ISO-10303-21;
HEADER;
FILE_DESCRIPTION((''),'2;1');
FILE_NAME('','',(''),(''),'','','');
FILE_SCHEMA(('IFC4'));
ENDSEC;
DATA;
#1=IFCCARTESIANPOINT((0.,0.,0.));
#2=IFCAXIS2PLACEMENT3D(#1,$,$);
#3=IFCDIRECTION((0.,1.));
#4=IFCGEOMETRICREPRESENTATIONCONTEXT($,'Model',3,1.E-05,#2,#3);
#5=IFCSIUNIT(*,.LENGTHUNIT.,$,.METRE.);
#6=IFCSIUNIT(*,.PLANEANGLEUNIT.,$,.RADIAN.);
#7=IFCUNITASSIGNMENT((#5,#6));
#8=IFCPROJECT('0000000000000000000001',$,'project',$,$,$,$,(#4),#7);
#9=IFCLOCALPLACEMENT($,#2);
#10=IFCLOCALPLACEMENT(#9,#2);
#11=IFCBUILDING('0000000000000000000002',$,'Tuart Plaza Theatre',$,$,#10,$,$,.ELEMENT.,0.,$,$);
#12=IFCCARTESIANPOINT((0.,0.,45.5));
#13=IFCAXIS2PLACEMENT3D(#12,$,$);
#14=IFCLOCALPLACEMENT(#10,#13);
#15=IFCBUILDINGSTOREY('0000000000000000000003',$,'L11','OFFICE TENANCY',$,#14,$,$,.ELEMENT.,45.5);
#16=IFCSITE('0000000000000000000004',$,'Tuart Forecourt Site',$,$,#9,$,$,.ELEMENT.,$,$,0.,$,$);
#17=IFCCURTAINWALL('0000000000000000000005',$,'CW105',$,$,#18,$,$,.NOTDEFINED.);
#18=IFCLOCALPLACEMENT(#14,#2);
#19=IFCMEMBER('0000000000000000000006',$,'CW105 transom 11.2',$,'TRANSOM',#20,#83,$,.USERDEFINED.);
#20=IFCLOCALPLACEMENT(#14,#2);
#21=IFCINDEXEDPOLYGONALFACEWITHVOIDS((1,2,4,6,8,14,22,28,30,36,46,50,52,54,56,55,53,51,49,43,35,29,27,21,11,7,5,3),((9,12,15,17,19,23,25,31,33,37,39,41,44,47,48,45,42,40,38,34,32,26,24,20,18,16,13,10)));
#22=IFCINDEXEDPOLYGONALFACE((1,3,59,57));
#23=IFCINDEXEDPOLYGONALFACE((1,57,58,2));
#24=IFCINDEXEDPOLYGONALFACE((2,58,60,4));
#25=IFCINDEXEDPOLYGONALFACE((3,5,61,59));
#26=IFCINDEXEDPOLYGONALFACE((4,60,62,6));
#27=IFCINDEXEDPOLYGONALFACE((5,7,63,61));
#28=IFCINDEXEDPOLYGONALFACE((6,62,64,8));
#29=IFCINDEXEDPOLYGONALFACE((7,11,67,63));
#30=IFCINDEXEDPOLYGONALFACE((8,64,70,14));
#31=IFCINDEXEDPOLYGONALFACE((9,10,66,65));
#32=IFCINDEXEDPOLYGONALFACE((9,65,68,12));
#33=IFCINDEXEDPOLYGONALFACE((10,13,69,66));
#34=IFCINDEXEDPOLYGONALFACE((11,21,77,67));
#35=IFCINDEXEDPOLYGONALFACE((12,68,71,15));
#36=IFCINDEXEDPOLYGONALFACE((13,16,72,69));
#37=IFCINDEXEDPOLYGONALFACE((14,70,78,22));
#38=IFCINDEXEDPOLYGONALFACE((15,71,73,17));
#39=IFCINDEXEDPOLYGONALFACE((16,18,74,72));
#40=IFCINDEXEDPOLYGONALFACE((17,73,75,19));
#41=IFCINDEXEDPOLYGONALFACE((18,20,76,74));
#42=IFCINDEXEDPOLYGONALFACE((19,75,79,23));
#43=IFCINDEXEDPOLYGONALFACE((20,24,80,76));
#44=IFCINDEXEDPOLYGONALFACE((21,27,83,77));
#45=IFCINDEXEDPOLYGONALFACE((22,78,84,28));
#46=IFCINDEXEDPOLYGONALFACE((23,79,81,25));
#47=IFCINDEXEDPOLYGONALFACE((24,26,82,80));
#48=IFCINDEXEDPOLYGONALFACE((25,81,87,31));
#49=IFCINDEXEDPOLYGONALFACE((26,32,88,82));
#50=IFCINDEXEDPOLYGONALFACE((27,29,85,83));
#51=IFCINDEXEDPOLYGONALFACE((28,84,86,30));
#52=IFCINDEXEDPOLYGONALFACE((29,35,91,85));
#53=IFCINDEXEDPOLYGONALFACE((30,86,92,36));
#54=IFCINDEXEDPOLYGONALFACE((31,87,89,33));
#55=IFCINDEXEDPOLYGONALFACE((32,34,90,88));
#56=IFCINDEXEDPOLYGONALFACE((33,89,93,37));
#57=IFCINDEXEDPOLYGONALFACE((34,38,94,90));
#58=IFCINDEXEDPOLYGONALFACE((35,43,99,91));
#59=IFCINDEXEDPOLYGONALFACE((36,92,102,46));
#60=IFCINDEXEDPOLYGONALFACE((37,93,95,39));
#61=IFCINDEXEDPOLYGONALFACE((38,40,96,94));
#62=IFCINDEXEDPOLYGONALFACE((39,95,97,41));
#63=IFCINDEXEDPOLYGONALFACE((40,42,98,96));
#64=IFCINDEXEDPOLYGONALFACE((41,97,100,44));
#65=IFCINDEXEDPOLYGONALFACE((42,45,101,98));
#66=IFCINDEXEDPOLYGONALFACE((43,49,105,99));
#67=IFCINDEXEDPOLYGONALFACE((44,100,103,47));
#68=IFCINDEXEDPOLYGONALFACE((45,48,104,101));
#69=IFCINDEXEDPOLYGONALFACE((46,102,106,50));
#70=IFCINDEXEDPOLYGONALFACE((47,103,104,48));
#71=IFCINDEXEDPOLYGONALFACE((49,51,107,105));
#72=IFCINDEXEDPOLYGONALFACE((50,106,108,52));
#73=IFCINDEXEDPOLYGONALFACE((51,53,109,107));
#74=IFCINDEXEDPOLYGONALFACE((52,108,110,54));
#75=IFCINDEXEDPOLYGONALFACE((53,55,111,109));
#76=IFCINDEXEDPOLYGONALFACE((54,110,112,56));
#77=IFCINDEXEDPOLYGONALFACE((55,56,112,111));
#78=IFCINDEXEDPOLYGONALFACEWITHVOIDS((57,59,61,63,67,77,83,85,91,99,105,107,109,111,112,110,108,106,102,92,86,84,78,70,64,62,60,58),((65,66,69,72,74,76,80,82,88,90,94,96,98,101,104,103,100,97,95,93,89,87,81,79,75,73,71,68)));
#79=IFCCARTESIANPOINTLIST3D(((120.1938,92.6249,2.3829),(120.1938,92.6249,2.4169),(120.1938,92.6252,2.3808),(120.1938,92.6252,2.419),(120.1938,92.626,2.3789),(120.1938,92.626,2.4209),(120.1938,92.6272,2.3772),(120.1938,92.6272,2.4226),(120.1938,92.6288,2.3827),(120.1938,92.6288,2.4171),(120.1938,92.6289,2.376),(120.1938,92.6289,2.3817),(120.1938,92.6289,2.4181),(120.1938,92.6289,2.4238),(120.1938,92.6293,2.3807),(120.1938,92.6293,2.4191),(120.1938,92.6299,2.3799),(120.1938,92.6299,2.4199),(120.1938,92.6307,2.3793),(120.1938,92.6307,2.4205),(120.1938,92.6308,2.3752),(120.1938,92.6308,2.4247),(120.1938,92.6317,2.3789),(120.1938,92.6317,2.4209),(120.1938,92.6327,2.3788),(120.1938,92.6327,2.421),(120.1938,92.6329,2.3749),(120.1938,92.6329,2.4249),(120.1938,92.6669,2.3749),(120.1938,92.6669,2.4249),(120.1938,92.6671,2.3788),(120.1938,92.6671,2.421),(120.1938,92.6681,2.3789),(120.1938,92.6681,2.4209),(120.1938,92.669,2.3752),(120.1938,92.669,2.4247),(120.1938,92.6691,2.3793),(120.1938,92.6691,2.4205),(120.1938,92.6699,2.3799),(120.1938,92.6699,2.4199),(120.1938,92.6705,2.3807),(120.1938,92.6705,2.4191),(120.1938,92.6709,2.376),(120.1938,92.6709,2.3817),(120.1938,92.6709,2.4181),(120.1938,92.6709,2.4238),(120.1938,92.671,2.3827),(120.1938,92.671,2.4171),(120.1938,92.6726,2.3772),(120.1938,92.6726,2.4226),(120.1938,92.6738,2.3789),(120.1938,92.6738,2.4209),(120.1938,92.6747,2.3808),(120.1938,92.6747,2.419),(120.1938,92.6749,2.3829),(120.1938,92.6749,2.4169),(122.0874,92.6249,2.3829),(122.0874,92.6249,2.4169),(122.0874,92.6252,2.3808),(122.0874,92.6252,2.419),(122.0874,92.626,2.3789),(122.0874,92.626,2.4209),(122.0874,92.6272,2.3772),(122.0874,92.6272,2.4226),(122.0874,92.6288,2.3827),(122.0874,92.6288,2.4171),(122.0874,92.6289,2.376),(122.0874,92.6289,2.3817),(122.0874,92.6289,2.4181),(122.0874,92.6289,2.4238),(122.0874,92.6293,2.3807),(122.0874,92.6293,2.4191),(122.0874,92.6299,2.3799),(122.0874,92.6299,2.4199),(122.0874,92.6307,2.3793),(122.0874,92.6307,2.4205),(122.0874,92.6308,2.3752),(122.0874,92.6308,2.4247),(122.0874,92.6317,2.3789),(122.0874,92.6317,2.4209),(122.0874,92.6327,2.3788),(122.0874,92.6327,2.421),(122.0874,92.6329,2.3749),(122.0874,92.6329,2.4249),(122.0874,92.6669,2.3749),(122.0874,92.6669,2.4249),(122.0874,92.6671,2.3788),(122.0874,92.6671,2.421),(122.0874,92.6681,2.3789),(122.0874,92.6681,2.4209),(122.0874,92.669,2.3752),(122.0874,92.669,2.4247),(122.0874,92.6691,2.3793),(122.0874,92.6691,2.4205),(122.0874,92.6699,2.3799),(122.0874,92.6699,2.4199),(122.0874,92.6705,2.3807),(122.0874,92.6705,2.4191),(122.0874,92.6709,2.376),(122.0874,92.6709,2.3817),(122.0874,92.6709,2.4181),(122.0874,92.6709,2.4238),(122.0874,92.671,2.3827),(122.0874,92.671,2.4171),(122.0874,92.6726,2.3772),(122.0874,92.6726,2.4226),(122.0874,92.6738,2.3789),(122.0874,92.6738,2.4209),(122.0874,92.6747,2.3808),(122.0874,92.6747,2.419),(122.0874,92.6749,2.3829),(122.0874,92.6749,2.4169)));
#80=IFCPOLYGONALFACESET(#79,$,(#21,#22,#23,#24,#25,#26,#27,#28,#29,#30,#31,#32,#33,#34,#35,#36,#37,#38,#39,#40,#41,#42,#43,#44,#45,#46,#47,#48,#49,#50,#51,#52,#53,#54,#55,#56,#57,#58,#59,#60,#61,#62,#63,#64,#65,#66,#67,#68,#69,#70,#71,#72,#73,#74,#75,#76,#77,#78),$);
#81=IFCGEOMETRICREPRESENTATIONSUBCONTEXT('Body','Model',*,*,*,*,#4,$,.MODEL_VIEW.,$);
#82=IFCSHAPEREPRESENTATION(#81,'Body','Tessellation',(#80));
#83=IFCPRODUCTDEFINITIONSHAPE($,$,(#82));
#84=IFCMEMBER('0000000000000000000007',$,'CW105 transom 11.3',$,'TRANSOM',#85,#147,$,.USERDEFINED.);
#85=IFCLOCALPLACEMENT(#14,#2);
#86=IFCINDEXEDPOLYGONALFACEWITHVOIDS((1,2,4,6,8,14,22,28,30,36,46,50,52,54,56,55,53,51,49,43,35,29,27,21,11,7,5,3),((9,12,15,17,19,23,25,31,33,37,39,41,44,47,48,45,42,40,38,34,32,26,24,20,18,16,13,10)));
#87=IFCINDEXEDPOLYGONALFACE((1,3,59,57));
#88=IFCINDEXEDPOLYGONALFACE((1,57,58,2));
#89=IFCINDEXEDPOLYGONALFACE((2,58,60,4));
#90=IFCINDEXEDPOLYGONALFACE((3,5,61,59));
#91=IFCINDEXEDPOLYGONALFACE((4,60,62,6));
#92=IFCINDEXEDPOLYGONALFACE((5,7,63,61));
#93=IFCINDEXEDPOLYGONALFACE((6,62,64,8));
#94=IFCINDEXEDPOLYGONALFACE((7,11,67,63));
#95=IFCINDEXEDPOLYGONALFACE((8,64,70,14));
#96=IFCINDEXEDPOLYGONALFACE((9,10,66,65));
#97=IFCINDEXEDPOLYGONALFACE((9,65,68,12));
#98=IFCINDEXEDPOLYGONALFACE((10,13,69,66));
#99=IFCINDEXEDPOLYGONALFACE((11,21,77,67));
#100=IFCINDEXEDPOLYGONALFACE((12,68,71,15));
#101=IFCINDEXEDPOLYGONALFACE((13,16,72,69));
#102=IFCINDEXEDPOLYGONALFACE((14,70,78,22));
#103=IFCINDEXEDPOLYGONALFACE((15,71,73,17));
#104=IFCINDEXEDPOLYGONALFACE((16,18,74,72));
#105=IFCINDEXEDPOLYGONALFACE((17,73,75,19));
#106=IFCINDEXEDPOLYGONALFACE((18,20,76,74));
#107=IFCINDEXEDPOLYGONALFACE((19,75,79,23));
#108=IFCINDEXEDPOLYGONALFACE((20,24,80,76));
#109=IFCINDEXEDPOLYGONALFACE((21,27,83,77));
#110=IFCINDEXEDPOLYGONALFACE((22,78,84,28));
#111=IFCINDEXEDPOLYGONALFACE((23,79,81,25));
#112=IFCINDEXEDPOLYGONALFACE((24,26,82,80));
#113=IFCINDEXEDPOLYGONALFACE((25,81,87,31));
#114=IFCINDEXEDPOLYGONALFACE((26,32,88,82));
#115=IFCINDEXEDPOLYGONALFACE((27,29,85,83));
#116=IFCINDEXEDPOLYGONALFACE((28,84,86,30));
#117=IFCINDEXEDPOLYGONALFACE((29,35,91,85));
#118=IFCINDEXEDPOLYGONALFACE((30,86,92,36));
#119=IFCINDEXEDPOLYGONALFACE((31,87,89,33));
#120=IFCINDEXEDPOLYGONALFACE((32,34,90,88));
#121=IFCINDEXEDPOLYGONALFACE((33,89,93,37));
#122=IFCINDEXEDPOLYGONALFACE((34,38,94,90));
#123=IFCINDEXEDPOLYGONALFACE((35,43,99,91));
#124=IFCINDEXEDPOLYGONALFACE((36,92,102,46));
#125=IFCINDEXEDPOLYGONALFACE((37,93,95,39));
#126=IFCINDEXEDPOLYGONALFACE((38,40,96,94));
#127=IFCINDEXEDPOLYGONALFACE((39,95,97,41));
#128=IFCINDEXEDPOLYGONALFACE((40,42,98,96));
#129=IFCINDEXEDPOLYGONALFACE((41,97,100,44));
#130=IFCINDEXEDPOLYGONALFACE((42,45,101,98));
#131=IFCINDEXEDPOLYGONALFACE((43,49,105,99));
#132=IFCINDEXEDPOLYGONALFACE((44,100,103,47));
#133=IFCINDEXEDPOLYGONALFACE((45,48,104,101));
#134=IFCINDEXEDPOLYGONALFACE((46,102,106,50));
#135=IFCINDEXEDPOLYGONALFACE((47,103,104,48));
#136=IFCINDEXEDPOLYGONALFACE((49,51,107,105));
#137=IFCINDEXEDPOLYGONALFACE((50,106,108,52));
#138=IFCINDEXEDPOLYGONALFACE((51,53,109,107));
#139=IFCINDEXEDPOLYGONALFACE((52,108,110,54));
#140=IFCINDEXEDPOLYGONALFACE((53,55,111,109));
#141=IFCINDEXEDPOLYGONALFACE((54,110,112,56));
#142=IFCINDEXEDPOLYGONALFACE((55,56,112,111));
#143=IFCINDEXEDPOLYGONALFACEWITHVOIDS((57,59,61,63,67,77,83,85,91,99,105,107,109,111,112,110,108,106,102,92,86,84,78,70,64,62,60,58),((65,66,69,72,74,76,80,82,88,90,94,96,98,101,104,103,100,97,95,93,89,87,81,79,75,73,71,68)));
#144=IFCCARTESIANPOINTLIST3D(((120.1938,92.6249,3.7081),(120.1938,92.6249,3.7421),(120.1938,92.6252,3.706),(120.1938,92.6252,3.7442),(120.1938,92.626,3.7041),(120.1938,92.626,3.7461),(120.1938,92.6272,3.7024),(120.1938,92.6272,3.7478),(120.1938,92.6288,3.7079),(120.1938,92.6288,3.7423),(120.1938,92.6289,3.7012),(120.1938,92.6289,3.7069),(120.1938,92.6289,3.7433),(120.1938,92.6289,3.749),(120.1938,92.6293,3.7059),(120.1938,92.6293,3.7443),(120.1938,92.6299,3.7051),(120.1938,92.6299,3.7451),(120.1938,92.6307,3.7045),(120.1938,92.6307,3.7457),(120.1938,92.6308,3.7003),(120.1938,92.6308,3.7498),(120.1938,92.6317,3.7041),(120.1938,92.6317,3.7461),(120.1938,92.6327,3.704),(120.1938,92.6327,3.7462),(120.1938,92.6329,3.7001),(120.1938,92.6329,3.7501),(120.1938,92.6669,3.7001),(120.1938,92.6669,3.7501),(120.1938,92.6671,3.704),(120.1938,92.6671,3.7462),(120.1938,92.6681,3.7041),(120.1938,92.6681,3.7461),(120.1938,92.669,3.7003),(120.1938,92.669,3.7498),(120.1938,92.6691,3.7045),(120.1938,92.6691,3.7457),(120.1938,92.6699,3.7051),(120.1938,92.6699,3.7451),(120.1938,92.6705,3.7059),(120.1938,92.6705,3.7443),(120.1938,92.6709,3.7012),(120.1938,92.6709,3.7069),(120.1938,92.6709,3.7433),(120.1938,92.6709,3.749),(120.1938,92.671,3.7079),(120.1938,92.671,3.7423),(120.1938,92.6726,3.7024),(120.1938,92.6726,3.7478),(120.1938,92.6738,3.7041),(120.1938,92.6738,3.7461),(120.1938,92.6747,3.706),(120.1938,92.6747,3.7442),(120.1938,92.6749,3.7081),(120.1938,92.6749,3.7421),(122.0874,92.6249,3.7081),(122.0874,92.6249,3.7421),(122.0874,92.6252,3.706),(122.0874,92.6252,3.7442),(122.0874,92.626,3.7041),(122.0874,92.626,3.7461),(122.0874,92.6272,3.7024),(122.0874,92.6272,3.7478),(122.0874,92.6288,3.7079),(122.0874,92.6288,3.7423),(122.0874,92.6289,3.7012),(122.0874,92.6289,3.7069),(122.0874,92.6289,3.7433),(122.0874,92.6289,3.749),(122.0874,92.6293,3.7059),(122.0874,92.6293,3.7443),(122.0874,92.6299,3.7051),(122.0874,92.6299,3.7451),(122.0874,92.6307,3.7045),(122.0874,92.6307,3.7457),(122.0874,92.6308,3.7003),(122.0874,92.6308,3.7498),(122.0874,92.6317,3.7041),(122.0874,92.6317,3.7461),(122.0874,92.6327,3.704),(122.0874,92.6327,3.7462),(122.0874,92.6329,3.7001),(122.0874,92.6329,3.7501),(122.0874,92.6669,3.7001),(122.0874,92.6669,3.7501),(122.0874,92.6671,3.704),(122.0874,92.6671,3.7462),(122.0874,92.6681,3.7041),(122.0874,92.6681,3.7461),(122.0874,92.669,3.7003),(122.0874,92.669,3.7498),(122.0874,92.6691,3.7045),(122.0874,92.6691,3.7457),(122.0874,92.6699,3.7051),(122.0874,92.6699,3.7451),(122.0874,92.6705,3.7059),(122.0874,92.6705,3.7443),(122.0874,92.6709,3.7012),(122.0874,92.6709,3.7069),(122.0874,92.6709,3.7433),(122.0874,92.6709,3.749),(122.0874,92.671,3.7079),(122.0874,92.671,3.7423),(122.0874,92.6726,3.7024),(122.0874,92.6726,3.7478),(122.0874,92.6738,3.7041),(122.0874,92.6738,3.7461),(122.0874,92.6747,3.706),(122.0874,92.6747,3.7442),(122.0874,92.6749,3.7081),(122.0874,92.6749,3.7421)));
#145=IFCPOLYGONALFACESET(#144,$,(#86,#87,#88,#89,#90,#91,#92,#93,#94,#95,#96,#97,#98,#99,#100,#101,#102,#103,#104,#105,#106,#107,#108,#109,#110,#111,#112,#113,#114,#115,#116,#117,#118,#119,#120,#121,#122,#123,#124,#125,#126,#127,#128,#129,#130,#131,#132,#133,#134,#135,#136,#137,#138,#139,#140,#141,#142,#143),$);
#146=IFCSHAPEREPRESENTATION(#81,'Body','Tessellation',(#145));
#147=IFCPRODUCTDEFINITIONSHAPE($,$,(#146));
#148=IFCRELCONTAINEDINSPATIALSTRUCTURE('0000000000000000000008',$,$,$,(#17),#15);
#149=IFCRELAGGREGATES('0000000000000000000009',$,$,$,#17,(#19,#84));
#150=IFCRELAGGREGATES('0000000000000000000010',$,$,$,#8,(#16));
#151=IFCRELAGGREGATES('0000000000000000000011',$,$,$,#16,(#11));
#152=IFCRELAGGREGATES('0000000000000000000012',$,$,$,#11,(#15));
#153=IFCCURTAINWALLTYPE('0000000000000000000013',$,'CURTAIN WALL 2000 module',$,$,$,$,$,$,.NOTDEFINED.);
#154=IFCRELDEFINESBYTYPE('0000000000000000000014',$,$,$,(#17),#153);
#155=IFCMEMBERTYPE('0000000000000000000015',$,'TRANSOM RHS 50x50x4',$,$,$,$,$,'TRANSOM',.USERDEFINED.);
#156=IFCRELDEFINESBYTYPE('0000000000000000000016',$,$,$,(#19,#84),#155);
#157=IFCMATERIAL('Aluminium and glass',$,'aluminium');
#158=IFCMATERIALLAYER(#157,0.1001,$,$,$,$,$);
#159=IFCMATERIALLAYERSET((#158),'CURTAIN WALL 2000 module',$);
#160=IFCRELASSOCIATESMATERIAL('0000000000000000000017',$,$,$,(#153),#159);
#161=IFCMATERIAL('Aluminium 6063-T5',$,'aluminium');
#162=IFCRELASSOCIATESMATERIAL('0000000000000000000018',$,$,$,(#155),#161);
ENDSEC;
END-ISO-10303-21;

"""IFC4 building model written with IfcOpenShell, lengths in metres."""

from ifc_helpers import new_model, si_unit, direction, frame, origin, origin_2d, place, context, subcontext, project, spatial, hollow_rectangle, extrude, material, layer, layer_set, material_profile, profile_set, type_object, element, aggregate, save


model = new_model("IFC4")

# Units and contexts
model_context = context("Model", 3, precision=1e-05, world=origin(), true_north=direction((0.0, 1.0)))
body_context = subcontext(model_context, "Body", "Model", "MODEL_VIEW")
ifc_project = project(units=[si_unit("LENGTHUNIT", "METRE"), si_unit("PLANEANGLEUNIT", "RADIAN")], contexts=[model_context])

# Site, building, storey
site_placement = place(None, origin())
site = spatial("IfcSite", under=ifc_project, at=site_placement, Name="Tuart Forecourt Site", CompositionType="ELEMENT", RefElevation=0.0)
building_placement = place(site_placement, origin())
building = spatial("IfcBuilding", under=site, at=building_placement, Name="Tuart Plaza Theatre", CompositionType="ELEMENT", ElevationOfRefHeight=0.0)
storey_placement = place(building_placement, frame((0.0, 0.0, 45.5)))
storey = spatial("IfcBuildingStorey", under=building, at=storey_placement, Name="L11", Description="OFFICE TENANCY", CompositionType="ELEMENT", Elevation=45.5)

# Curtain wall, members
ifc_material_1 = material(Name="Aluminium and glass", Category="aluminium")
ifc_layer_1 = layer(ifc_material_1, 0.1001)
ifc_layer_set_1 = layer_set([ifc_layer_1], Name="CURTAIN WALL 2000 module")
curtain_wall_type = type_object("IfcCurtainWallType", Name="CURTAIN WALL 2000 module", PredefinedType="NOTDEFINED", material=ifc_layer_set_1)
curtain_wall_placement = place(storey_placement, origin())
curtain_wall = element("IfcCurtainWall", 1, at=curtain_wall_placement, inside=storey, type_object=curtain_wall_type, Name="CW105", PredefinedType="NOTDEFINED")
ifc_material_2 = material(Name="Aluminium 6063-T5", Category="aluminium")
ifc_material_profile_1 = material_profile(ifc_material_2, hollow_rectangle(XDim=0.05, YDim=0.05, WallThickness=0.0039, InnerFilletRadius=0.0039, OuterFilletRadius=0.0081, at=origin_2d()), Name="RHS 50x50x4")
ifc_profile_set_1 = profile_set([ifc_material_profile_1], Name="Aluminium 6063-T5")
member_type_1 = type_object("IfcMemberType", Name="TRANSOM RHS 50x50x4", ElementType="TRANSOM", PredefinedType="USERDEFINED", material=ifc_profile_set_1)
member_1_placement = place(storey_placement, frame((122.0874, 92.6499, 2.3999), z_axis=(-1.0, 0.0, 0.0), x_axis=(0.0, -1.0, 0.0)))
member_1 = element("IfcMember", 2, at=member_1_placement, type_object=member_type_1, Name="CW105 transom 11.2", ObjectType="TRANSOM", PredefinedType="USERDEFINED", context=body_context, shape_type="SweptSolid", body=[
    extrude(hollow_rectangle(XDim=0.05, YDim=0.05, WallThickness=0.0039, InnerFilletRadius=0.0039, OuterFilletRadius=0.0081, at=origin_2d()), origin(), (0.0, 0.0, 1.0), 1.8936),
])
member_2_placement = place(storey_placement, frame((122.0874, 92.6499, 3.7251), z_axis=(-1.0, 0.0, 0.0), x_axis=(0.0, -1.0, 0.0)))
member_2 = element("IfcMember", 3, at=member_2_placement, type_object=member_type_1, Name="CW105 transom 11.3", ObjectType="TRANSOM", PredefinedType="USERDEFINED", context=body_context, shape_type="SweptSolid", body=[
    extrude(hollow_rectangle(XDim=0.05, YDim=0.05, WallThickness=0.0039, InnerFilletRadius=0.0039, OuterFilletRadius=0.0081, at=origin_2d()), origin(), (0.0, 0.0, 1.0), 1.8936),
])
aggregate(curtain_wall, [member_1, member_2])

save(model, "model.ifc")
